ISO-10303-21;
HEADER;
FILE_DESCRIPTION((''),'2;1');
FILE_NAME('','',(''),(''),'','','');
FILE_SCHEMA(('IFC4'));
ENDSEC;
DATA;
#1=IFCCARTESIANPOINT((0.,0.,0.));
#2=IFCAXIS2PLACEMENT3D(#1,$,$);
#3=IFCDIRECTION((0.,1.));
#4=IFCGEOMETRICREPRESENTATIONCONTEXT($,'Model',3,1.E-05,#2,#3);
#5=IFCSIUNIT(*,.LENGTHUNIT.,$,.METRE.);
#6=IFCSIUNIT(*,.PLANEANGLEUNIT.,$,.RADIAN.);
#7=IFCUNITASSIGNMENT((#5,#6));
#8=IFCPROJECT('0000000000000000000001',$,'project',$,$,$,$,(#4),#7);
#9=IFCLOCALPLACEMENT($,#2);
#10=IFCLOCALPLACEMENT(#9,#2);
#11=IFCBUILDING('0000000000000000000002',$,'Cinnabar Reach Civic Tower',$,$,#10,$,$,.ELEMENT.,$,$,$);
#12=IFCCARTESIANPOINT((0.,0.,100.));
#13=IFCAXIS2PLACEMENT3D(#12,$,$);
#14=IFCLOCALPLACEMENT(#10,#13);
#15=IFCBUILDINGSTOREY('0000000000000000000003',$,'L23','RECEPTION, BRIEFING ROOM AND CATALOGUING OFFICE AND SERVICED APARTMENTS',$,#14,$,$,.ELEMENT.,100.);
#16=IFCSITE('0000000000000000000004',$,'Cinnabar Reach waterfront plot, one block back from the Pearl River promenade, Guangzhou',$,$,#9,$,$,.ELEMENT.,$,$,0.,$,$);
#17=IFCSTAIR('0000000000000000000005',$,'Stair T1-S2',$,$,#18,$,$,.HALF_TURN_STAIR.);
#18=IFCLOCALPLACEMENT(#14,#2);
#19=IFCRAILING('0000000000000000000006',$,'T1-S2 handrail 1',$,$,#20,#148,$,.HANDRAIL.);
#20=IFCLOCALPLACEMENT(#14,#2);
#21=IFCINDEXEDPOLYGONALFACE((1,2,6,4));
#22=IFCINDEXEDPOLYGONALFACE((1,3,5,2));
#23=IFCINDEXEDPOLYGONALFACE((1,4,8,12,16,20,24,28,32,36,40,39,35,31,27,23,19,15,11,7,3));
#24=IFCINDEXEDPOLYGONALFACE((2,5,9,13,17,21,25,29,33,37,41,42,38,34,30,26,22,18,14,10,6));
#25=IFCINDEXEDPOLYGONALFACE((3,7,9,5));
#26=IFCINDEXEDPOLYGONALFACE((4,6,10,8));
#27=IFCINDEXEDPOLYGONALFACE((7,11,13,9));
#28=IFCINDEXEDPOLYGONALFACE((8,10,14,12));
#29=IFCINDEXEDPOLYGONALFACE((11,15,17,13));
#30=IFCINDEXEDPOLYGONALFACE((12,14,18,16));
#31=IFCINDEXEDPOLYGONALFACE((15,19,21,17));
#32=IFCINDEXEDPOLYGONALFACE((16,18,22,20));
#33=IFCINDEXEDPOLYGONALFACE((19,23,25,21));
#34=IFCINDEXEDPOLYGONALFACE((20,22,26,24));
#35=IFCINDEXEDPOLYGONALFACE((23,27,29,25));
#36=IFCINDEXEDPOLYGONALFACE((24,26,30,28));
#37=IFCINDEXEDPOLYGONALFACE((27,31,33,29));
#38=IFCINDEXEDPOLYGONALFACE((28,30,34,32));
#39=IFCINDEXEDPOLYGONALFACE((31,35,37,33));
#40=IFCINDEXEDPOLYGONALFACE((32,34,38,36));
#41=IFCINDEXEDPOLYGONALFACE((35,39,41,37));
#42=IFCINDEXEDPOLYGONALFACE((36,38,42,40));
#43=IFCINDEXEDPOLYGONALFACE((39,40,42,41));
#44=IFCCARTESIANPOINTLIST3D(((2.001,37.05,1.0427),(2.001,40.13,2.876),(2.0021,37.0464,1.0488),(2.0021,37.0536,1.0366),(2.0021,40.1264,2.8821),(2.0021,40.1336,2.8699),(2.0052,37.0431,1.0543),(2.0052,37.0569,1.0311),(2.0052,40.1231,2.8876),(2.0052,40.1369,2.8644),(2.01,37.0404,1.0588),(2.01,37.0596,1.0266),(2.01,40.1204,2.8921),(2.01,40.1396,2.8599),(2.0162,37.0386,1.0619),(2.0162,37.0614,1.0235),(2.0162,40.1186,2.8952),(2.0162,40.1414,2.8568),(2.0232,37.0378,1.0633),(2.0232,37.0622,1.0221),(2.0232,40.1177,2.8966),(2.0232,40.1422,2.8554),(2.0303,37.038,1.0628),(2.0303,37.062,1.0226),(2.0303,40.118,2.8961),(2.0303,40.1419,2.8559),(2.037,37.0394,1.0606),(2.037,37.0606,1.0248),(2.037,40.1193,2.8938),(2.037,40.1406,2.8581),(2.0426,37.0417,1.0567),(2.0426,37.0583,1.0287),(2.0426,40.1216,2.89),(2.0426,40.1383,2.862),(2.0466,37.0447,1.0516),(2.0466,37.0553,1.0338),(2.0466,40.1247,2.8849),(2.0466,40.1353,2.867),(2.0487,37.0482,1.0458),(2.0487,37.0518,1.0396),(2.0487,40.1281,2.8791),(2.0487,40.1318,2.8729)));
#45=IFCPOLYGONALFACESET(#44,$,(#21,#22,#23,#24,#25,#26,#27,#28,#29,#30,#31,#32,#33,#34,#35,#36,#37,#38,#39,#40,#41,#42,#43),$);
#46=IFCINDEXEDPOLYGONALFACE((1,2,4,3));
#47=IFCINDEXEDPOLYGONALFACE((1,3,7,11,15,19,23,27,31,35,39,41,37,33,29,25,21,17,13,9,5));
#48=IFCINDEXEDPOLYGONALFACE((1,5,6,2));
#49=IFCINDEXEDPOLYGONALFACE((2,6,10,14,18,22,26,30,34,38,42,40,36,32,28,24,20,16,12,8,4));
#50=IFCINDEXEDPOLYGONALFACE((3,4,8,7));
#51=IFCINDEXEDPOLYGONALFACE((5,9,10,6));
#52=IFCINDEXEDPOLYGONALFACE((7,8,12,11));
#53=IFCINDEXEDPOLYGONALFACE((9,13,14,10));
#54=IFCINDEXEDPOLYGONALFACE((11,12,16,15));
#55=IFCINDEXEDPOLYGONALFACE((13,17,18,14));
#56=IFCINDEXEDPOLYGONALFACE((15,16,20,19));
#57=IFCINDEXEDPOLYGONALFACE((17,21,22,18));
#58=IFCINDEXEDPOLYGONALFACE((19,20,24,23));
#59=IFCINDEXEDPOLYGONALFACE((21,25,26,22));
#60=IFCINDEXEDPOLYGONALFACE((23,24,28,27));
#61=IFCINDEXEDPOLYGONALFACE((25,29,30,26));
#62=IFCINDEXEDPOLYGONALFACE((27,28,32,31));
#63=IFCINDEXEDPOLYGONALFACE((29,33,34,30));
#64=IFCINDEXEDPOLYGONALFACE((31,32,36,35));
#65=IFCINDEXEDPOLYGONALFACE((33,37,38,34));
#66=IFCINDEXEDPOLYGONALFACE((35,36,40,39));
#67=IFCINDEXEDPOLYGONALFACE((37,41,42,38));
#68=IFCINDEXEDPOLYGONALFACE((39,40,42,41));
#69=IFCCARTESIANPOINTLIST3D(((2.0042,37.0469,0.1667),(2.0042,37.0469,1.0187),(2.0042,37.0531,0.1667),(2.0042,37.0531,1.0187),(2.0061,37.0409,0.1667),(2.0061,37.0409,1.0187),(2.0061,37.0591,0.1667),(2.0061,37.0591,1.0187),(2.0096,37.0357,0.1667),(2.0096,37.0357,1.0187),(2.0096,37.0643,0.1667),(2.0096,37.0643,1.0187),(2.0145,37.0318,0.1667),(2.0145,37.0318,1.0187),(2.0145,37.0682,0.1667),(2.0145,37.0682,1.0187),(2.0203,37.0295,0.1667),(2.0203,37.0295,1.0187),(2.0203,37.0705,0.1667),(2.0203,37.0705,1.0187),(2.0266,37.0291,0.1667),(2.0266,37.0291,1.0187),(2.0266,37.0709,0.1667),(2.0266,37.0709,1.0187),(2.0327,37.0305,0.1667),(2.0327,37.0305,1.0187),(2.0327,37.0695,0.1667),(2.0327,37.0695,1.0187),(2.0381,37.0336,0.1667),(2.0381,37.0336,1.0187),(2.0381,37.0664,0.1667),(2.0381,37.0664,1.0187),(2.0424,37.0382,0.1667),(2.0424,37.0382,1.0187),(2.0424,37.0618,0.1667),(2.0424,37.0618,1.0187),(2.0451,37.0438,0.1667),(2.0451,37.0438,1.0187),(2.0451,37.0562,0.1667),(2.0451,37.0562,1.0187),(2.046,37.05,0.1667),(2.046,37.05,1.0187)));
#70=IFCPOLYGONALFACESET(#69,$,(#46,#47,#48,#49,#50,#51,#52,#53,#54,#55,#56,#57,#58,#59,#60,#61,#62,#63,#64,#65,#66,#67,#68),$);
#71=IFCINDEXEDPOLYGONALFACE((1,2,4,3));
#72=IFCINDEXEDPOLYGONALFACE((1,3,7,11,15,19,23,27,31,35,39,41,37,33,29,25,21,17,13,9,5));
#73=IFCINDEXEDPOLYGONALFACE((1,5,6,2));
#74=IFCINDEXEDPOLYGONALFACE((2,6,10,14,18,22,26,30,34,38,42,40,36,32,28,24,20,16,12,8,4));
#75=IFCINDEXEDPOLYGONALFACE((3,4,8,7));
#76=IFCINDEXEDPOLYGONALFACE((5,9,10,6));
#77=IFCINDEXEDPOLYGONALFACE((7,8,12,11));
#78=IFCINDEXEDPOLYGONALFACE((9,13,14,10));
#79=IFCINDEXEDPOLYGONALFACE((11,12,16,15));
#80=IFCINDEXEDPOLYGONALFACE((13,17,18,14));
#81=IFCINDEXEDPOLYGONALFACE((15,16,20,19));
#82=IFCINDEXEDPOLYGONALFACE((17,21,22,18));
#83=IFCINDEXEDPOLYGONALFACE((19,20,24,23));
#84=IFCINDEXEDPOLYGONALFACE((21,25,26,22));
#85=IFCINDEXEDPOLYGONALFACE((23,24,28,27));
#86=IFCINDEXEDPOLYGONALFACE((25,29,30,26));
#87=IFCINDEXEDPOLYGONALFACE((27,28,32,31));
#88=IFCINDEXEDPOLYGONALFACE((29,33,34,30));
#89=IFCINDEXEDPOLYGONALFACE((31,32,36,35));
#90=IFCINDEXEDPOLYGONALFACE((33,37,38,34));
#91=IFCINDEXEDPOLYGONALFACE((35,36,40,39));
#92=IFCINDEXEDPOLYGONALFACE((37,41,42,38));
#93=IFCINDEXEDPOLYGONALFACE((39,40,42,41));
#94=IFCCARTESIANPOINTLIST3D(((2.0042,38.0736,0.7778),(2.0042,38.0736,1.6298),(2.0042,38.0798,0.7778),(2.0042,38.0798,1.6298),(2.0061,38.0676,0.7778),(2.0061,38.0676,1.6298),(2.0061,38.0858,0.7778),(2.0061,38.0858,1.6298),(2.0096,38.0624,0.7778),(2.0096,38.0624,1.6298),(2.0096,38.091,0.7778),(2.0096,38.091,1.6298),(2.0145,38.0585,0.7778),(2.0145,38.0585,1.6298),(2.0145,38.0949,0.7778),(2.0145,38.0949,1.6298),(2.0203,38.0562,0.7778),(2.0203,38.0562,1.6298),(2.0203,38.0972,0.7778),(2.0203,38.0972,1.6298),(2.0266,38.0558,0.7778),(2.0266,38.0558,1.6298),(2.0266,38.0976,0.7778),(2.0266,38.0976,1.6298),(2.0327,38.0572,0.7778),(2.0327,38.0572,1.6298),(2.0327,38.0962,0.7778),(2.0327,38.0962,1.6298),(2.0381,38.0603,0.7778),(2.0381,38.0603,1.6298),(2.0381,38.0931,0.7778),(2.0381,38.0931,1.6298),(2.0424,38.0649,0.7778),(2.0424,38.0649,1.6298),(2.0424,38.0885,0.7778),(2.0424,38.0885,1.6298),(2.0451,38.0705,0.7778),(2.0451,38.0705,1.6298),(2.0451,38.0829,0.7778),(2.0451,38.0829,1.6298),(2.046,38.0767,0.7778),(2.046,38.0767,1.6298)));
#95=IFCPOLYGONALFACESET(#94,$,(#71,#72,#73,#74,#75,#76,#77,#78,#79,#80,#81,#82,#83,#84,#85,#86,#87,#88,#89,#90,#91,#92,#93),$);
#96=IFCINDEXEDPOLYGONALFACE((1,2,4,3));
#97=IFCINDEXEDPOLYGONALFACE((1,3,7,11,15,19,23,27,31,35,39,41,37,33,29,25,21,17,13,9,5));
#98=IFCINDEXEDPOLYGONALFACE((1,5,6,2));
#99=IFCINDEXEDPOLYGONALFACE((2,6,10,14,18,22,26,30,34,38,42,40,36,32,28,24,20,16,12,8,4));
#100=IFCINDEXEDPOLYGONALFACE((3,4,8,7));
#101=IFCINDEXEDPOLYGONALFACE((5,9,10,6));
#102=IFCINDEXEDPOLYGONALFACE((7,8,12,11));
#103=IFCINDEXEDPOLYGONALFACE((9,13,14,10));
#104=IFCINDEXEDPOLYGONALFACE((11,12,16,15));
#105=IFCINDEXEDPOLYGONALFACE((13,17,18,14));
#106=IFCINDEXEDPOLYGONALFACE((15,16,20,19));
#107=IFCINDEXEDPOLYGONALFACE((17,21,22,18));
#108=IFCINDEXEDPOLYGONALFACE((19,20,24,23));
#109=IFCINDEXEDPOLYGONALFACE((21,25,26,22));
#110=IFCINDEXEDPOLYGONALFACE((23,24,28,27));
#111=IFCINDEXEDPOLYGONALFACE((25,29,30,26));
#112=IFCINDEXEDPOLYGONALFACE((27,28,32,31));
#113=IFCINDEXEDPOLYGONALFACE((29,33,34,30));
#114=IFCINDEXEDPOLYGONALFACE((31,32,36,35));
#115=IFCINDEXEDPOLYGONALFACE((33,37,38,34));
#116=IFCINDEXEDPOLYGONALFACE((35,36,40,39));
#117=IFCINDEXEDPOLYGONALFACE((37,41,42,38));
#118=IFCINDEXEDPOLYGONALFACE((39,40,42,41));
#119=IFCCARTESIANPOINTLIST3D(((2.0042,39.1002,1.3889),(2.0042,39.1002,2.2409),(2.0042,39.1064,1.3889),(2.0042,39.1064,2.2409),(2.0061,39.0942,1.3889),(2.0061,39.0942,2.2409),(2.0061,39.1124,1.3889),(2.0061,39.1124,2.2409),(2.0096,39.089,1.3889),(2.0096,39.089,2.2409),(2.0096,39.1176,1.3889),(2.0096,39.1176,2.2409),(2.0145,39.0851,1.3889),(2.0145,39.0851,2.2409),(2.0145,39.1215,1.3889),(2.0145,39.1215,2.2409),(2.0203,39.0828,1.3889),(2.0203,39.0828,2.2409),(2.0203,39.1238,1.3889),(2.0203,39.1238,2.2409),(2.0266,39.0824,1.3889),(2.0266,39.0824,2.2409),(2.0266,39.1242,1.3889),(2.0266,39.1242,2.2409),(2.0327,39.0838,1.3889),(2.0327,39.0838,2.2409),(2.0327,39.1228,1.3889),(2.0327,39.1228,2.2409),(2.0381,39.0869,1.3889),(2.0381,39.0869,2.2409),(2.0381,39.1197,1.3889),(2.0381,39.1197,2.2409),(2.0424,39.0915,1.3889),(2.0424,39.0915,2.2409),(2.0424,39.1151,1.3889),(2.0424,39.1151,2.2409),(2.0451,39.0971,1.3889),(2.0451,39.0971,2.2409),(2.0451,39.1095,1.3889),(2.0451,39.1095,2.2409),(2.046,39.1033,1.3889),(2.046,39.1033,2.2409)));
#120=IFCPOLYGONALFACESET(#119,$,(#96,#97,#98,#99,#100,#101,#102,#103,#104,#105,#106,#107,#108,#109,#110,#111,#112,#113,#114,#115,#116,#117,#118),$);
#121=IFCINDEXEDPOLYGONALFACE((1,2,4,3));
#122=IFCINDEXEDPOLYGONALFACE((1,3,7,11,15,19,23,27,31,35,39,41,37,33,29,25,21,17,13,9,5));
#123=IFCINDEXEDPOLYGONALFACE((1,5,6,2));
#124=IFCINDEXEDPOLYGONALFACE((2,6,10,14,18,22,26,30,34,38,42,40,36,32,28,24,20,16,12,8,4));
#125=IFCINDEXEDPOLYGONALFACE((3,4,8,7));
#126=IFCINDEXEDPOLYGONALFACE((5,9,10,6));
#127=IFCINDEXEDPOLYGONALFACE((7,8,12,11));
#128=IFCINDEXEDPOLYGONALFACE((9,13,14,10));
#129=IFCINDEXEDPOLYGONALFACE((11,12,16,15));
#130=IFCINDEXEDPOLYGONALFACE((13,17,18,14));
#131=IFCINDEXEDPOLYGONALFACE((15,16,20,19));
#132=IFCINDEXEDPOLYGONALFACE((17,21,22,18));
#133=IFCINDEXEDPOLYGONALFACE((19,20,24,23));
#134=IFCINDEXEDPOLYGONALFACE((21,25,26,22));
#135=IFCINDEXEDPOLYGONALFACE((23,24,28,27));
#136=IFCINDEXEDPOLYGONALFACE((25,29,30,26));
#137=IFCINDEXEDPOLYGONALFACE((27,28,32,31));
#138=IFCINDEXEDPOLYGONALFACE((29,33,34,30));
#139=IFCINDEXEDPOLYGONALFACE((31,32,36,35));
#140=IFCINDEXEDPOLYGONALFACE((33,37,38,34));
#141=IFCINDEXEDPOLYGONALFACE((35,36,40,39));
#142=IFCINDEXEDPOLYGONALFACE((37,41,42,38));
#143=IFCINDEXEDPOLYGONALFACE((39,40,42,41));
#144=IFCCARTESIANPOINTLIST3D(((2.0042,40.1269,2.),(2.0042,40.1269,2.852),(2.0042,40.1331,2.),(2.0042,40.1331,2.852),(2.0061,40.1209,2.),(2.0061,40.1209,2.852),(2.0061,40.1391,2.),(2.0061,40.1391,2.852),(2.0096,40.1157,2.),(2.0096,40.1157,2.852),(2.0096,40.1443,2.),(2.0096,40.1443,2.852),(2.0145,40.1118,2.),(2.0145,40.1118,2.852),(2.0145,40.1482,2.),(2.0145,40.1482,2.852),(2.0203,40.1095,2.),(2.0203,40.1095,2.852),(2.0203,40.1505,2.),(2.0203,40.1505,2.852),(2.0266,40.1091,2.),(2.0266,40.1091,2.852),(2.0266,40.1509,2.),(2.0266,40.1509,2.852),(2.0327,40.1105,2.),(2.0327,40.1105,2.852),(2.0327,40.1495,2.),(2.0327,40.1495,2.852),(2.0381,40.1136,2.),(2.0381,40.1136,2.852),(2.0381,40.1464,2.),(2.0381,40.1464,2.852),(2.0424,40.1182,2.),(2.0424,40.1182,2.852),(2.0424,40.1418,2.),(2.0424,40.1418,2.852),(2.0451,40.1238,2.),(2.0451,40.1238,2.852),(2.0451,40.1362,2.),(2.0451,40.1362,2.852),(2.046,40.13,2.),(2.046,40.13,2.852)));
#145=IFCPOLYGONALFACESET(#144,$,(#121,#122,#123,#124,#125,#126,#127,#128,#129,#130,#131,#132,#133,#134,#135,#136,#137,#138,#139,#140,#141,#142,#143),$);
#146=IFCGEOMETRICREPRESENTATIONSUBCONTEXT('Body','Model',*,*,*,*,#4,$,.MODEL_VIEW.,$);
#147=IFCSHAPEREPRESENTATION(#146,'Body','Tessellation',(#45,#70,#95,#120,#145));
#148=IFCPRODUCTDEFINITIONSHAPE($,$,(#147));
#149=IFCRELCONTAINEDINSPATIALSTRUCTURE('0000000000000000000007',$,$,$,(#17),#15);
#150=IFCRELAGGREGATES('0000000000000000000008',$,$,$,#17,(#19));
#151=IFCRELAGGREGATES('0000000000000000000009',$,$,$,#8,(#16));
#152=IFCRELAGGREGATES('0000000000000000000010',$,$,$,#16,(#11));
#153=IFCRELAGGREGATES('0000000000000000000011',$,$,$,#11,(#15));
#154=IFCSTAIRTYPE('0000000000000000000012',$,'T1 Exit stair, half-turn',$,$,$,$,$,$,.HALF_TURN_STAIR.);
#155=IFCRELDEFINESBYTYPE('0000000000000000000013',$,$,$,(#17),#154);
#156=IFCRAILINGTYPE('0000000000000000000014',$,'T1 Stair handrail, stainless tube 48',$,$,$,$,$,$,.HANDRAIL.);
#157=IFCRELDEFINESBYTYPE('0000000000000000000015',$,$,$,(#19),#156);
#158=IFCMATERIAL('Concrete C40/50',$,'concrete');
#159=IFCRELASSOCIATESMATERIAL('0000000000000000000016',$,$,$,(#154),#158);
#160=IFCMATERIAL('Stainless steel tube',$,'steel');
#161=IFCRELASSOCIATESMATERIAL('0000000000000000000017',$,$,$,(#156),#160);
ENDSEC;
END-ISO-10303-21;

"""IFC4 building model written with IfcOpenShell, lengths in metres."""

from ifc_helpers import new_model, si_unit, direction, frame, origin, origin_2d, place, context, subcontext, project, spatial, circle, extrude, material, type_object, element, aggregate, save


model = new_model("IFC4")

# Units and contexts
model_context = context("Model", 3, precision=1e-05, world=origin(), true_north=direction((0.0, 1.0)))
body_context = subcontext(model_context, "Body", "Model", "MODEL_VIEW")
ifc_project = project(units=[si_unit("LENGTHUNIT", "METRE"), si_unit("PLANEANGLEUNIT", "RADIAN")], contexts=[model_context])

# Site, building, storey
site_placement = place(None, origin())
site = spatial("IfcSite", under=ifc_project, at=site_placement, Name="Cinnabar Reach waterfront plot, one block back from the Pearl River promenade, Guangzhou", CompositionType="ELEMENT", RefElevation=0.0)
building_placement = place(site_placement, origin())
building = spatial("IfcBuilding", under=site, at=building_placement, Name="Cinnabar Reach Civic Tower", CompositionType="ELEMENT")
storey_placement = place(building_placement, frame((0.0, 0.0, 100.0)))
storey = spatial("IfcBuildingStorey", under=building, at=storey_placement, Name="L23", Description="RECEPTION, BRIEFING ROOM AND CATALOGUING OFFICE AND SERVICED APARTMENTS", CompositionType="ELEMENT", Elevation=100.0)

# Stair, railing
ifc_material_1 = material(Name="Concrete C40/50", Category="concrete")
stair_type = type_object("IfcStairType", Name="T1 Exit stair, half-turn", PredefinedType="HALF_TURN_STAIR", material=ifc_material_1)
stair_placement = place(storey_placement, origin())
stair = element("IfcStair", 1, at=stair_placement, inside=storey, type_object=stair_type, Name="Stair T1-S2", PredefinedType="HALF_TURN_STAIR")
ifc_material_2 = material(Name="Stainless steel tube", Category="steel")
railing_type = type_object("IfcRailingType", Name="T1 Stair handrail, stainless tube 48", PredefinedType="HANDRAIL", material=ifc_material_2)
railing_placement = place(storey_placement, frame((2.025, 37.05, 0.1667)))
railing = element("IfcRailing", 2, at=railing_placement, type_object=railing_type, Name="T1-S2 handrail 1", PredefinedType="HANDRAIL", context=body_context, shape_type="SweptSolid", body=[
    extrude(circle(Radius=0.024, at=origin_2d()), frame((0.0, 0.0, 0.876), z_axis=(0.0, 0.859297, 0.511477), x_axis=(-1.0, 0.0, 0.0)), (0.0, 0.0, 1.0), 3.5843),
    extrude(circle(Radius=0.021, at=origin_2d()), origin(), (0.0, 0.0, 1.0), 0.852),
    extrude(circle(Radius=0.021, at=origin_2d()), frame((0.0, 1.0267, 0.6111)), (0.0, 0.0, 1.0), 0.852),
    extrude(circle(Radius=0.021, at=origin_2d()), frame((0.0, 2.0533, 1.2222)), (0.0, 0.0, 1.0), 0.852),
    extrude(circle(Radius=0.021, at=origin_2d()), frame((0.0, 3.08, 1.8333)), (0.0, 0.0, 1.0), 0.852),
])
aggregate(stair, [railing])

save(model, "model.ifc")
